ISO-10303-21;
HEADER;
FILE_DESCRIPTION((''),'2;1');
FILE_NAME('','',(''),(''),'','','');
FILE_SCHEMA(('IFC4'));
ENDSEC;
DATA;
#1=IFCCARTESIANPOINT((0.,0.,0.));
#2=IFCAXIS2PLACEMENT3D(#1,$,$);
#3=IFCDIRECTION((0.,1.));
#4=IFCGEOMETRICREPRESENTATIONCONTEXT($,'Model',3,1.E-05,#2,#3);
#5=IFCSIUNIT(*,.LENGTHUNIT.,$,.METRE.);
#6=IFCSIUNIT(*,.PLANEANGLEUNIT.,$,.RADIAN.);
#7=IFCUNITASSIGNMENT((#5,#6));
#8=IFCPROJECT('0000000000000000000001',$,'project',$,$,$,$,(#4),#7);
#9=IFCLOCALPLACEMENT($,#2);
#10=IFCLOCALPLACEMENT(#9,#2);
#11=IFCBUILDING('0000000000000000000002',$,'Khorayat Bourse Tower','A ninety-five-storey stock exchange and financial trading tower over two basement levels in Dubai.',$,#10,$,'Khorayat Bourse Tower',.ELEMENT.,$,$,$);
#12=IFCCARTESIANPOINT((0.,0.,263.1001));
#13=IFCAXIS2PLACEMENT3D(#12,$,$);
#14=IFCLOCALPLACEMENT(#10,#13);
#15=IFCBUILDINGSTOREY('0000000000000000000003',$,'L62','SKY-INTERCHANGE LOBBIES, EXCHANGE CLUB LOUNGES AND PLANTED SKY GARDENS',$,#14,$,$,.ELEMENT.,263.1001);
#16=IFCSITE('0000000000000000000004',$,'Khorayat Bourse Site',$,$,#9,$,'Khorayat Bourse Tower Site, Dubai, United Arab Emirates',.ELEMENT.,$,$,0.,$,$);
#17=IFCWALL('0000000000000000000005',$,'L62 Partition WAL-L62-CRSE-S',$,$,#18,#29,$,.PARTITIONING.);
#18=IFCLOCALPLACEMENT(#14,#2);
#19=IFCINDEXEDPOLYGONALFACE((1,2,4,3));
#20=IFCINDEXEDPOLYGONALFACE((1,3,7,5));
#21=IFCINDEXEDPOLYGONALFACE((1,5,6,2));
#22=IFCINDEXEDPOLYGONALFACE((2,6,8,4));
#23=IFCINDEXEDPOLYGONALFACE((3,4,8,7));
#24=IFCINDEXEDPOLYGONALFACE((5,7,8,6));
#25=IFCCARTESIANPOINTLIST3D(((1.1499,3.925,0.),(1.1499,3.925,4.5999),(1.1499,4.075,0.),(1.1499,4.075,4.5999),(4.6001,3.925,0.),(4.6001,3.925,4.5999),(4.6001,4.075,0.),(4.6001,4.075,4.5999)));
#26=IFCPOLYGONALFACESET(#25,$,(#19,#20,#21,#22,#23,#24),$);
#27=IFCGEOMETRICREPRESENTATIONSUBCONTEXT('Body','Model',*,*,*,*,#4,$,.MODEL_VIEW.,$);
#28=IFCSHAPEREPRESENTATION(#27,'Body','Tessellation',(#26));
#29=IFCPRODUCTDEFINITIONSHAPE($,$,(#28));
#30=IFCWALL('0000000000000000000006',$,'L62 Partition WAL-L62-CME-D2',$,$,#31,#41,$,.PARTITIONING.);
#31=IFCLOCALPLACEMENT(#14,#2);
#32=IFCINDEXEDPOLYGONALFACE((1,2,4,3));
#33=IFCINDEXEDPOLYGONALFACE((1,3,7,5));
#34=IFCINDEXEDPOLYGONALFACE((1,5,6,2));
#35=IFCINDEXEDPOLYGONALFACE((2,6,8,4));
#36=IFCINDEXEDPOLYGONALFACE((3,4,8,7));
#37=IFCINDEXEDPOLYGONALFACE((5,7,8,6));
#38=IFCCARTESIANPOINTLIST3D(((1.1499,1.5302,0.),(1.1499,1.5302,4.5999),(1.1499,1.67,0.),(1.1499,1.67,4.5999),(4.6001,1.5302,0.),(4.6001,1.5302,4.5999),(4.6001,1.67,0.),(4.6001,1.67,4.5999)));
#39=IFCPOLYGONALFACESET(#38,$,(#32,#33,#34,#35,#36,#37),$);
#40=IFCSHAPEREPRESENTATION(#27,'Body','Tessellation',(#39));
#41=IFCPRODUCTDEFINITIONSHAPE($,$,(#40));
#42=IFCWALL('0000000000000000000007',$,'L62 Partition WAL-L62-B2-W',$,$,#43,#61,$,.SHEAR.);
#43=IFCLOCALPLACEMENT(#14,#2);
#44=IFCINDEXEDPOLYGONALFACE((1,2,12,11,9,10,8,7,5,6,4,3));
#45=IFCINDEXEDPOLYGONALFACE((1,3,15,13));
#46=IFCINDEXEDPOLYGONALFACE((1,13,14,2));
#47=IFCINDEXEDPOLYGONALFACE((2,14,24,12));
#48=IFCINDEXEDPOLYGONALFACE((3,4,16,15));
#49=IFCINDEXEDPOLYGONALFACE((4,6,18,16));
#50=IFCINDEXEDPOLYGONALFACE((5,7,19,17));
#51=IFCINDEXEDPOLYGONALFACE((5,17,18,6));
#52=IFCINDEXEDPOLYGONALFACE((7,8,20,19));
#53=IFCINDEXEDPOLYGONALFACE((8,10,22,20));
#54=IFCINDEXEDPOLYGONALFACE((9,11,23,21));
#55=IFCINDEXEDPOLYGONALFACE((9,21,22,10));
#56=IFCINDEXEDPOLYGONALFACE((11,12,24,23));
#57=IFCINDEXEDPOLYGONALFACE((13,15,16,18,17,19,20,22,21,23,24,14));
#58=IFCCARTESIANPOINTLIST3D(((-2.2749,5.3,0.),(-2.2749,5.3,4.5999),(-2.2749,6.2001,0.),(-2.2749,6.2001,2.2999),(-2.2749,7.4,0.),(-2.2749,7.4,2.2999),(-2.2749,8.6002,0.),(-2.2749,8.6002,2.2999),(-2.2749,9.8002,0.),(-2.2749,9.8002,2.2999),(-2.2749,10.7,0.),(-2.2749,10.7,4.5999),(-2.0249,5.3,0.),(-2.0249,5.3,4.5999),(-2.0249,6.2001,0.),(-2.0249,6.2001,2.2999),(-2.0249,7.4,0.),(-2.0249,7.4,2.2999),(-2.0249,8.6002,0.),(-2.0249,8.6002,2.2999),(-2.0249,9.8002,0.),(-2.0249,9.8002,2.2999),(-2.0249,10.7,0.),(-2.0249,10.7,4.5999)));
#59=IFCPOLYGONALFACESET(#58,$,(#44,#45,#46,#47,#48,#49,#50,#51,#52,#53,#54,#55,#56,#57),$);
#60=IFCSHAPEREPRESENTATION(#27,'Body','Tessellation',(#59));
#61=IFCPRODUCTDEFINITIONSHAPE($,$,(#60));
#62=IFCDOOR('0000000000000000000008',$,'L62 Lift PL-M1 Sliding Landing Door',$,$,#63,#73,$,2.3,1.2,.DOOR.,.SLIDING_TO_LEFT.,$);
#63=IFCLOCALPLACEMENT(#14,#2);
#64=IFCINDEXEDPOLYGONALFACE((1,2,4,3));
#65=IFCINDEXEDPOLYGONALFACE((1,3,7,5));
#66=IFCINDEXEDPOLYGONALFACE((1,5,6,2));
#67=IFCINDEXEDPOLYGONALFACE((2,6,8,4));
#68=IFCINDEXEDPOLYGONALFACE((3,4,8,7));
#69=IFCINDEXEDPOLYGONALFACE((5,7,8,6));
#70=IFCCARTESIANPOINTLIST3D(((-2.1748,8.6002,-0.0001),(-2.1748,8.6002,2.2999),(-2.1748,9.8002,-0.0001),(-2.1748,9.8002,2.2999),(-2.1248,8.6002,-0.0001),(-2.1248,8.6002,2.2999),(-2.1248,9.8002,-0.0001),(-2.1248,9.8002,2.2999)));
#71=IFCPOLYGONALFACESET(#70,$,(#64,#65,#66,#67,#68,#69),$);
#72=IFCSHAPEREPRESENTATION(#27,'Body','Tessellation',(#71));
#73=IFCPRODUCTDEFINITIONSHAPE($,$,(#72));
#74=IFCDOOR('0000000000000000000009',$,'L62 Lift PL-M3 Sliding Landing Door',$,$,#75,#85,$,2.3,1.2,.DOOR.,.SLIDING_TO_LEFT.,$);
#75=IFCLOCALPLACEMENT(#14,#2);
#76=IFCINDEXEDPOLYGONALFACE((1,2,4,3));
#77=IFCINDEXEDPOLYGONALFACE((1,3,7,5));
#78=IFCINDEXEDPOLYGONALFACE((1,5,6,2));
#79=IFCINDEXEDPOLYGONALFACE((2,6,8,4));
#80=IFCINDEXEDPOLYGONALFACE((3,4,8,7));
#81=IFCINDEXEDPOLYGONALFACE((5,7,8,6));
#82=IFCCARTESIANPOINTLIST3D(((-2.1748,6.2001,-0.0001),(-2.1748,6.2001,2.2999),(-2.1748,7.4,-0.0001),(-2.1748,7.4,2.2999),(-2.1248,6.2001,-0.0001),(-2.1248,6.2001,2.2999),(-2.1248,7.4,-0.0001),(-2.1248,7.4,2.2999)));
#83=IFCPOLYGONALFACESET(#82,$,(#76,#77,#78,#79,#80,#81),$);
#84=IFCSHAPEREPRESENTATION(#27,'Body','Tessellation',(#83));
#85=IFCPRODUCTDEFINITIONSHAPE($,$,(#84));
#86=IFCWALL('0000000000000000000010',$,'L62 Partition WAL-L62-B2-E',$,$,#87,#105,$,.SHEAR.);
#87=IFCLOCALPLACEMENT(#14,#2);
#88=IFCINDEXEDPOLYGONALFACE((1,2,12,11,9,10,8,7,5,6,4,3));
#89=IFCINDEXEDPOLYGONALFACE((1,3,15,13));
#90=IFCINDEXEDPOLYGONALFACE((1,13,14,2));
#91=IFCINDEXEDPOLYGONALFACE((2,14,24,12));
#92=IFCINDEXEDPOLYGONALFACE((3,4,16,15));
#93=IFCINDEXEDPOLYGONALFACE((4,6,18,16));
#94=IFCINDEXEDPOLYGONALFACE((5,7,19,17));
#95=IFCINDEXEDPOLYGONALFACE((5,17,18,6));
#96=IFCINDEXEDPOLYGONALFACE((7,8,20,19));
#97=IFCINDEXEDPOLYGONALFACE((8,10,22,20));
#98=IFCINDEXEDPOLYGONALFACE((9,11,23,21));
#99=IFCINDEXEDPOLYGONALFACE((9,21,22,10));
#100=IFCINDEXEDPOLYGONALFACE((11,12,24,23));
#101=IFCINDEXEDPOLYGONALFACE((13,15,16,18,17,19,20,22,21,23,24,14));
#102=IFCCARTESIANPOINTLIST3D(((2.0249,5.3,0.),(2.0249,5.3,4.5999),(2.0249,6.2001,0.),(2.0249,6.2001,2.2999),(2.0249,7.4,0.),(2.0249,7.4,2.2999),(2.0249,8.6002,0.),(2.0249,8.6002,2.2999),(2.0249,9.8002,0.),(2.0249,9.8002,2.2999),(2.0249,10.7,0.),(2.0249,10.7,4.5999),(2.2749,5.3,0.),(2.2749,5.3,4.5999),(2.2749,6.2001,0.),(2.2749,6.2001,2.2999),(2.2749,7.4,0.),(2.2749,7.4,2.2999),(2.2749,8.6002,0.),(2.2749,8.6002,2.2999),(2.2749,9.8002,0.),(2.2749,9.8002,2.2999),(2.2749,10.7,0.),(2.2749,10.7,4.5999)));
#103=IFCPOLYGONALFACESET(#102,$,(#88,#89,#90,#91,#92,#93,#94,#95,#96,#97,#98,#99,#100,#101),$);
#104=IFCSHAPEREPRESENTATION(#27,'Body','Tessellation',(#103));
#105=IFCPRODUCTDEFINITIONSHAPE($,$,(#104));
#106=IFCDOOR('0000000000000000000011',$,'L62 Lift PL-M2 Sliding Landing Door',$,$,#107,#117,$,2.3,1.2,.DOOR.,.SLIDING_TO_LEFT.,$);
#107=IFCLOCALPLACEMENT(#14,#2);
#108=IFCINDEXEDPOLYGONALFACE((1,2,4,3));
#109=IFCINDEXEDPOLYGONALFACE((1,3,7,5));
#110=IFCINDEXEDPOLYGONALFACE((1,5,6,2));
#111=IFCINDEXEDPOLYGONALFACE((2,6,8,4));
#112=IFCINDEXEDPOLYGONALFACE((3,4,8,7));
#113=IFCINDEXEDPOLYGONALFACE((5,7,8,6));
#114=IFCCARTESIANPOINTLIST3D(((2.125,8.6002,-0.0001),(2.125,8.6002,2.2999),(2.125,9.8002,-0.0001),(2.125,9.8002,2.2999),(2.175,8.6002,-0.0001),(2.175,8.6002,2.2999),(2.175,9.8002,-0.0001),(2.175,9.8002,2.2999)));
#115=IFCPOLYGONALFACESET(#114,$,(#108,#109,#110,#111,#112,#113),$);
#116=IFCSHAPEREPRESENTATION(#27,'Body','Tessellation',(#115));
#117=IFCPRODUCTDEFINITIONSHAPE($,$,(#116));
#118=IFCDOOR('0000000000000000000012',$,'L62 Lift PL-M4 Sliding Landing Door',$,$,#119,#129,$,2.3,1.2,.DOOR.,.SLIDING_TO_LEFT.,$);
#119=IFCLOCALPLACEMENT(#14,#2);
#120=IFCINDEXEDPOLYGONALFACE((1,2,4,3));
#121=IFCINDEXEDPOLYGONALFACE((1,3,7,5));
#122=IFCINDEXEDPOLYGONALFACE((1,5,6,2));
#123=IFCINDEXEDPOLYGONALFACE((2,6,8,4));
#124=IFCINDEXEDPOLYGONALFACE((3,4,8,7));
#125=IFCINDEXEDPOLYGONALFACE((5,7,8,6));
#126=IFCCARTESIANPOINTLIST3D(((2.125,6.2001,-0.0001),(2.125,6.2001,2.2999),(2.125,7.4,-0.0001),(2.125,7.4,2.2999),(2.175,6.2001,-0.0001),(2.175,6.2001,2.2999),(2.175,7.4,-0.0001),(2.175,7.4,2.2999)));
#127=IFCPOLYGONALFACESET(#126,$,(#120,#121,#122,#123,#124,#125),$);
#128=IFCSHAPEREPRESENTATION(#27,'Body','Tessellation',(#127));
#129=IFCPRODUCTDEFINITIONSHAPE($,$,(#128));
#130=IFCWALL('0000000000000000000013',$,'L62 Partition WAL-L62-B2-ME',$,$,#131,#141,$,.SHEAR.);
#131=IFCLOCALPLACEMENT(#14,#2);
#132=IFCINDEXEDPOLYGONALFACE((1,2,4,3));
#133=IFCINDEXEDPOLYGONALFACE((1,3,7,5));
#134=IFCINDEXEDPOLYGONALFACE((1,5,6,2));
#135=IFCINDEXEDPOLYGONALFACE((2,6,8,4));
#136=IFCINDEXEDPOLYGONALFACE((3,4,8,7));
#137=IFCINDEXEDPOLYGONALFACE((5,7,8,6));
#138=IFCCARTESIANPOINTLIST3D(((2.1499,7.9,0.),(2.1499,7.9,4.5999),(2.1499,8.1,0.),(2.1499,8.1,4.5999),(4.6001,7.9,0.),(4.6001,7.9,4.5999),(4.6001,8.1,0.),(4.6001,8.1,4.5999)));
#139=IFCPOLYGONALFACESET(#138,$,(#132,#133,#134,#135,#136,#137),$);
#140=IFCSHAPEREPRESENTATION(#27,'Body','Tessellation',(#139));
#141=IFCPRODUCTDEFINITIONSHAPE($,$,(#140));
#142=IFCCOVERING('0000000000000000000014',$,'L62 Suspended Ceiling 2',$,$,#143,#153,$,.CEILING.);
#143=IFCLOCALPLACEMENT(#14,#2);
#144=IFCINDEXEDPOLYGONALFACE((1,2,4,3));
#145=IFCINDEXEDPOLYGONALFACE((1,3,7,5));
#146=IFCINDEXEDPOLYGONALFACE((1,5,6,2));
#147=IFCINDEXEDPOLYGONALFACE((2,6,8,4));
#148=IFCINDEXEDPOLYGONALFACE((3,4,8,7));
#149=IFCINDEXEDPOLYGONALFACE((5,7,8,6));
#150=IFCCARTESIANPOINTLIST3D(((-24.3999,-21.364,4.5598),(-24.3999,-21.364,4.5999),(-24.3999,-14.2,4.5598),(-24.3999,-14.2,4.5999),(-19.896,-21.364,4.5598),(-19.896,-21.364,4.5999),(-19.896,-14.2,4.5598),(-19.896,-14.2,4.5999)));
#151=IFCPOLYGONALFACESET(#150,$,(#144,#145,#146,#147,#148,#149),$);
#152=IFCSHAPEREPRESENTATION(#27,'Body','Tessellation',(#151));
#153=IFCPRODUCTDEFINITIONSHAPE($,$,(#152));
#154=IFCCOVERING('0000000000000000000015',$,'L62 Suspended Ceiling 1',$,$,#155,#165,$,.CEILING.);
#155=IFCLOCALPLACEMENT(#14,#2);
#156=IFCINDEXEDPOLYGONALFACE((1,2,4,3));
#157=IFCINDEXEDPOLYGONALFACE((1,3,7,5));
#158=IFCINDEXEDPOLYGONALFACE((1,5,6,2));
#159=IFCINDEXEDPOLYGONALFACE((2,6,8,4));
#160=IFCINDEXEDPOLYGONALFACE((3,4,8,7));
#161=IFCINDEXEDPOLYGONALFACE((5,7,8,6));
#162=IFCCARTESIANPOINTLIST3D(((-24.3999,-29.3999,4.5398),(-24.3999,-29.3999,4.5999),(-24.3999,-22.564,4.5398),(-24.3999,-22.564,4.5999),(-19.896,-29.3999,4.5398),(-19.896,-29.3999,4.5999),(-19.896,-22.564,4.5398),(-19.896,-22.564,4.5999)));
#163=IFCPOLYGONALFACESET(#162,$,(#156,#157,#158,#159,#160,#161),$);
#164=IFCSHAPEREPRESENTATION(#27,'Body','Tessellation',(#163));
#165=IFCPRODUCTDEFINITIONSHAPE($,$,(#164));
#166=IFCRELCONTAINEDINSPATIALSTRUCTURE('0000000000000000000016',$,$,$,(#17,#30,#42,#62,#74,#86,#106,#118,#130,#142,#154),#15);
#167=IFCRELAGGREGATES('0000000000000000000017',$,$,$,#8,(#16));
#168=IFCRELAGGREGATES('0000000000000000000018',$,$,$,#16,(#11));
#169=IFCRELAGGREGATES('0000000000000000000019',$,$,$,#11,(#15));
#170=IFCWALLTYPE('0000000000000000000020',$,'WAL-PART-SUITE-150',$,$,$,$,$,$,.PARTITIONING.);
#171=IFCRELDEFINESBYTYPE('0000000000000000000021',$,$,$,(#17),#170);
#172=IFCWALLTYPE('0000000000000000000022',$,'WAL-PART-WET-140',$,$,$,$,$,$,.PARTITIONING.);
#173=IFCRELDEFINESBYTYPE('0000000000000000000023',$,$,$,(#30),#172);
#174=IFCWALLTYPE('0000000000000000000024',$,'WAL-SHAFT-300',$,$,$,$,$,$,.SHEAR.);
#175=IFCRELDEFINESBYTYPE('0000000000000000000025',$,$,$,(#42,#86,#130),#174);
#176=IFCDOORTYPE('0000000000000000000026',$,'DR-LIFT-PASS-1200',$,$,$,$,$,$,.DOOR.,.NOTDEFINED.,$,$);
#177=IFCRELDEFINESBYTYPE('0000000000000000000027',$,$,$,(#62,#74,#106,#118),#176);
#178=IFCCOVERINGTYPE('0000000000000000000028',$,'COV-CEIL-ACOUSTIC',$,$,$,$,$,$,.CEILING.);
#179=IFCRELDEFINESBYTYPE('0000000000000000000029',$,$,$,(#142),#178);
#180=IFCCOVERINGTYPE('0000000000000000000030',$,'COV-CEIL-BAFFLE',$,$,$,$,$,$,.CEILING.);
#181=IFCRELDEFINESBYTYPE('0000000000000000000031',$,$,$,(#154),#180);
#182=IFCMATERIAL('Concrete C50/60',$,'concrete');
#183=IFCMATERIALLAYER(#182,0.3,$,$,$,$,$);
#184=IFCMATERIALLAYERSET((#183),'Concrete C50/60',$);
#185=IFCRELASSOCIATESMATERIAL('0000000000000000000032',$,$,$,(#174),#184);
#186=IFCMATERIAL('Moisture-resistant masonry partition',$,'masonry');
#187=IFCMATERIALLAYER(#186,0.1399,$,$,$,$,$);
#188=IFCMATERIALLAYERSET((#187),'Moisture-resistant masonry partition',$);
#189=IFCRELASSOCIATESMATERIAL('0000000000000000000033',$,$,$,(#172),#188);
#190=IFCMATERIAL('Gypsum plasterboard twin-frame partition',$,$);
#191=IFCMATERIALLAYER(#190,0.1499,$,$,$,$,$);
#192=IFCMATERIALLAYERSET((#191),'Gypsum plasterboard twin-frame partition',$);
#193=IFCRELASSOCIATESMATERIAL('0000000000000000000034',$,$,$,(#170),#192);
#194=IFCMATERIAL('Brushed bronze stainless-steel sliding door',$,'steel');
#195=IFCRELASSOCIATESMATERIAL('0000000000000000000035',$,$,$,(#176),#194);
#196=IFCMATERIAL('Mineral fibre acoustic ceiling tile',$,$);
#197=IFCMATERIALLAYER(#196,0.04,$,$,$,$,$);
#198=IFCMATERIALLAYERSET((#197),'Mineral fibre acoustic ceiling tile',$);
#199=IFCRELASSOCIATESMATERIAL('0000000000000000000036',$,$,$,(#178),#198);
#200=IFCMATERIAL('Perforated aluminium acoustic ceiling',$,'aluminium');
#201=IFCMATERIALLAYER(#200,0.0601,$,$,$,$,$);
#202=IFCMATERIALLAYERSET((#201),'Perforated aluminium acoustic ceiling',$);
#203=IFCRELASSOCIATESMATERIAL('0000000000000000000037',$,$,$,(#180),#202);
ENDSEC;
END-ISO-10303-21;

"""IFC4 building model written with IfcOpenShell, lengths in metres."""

from ifc_helpers import new_model, si_unit, direction, frame, frame_2d, origin, place, context, subcontext, project, spatial, polyline, rectangle, outline, extrude, source, transform, mapped, material, layer, layer_set, type_object, element, fill, save


model = new_model("IFC4")

# Units and contexts
model_context = context("Model", 3, precision=1e-05, world=origin(), true_north=direction((0.0, 1.0)))
body_context = subcontext(model_context, "Body", "Model", "MODEL_VIEW")
ifc_project = project(units=[si_unit("LENGTHUNIT", "METRE"), si_unit("PLANEANGLEUNIT", "RADIAN")], contexts=[model_context])

# Site, building, storey
site_placement = place(None, origin())
site = spatial("IfcSite", under=ifc_project, at=site_placement, Name="Khorayat Bourse Site", LongName="Khorayat Bourse Tower Site, Dubai, United Arab Emirates", CompositionType="ELEMENT", RefElevation=0.0)
building_placement = place(site_placement, origin())
building = spatial("IfcBuilding", under=site, at=building_placement, Name="Khorayat Bourse Tower", Description="A ninety-five-storey stock exchange and financial trading tower over two basement levels in Dubai.", LongName="Khorayat Bourse Tower", CompositionType="ELEMENT")
storey_placement = place(building_placement, frame((0.0, 0.0, 263.1001)))
storey = spatial("IfcBuildingStorey", under=building, at=storey_placement, Name="L62", Description="SKY-INTERCHANGE LOBBIES, EXCHANGE CLUB LOUNGES AND PLANTED SKY GARDENS", CompositionType="ELEMENT", Elevation=263.1001)

# Shared definitions
ifc_material_1 = material(Name="Concrete C50/60", Category="concrete")
ifc_layer_1 = layer(ifc_material_1, 0.3)
ifc_layer_set_1 = layer_set([ifc_layer_1], Name="Concrete C50/60")
wall_type_1 = type_object("IfcWallType", Name="WAL-SHAFT-300", PredefinedType="SHEAR", material=ifc_layer_set_1)
ifc_material_2 = material(Name="Moisture-resistant masonry partition", Category="masonry")
ifc_layer_2 = layer(ifc_material_2, 0.1399)
ifc_layer_set_2 = layer_set([ifc_layer_2], Name="Moisture-resistant masonry partition")
wall_type_2 = type_object("IfcWallType", Name="WAL-PART-WET-140", PredefinedType="PARTITIONING", material=ifc_layer_set_2)

# Walls
ifc_material_3 = material(Name="Gypsum plasterboard twin-frame partition")
ifc_layer_3 = layer(ifc_material_3, 0.1499)
ifc_layer_set_3 = layer_set([ifc_layer_3], Name="Gypsum plasterboard twin-frame partition")
wall_type_3 = type_object("IfcWallType", Name="WAL-PART-SUITE-150", PredefinedType="PARTITIONING", material=ifc_layer_set_3)
shared_shape_1 = source(origin(), body_context, "Body", "SweptSolid", [
    extrude(rectangle(XDim=3.4502, YDim=0.1499, at=frame_2d((1.7251, 0.0))), origin(), (0.0, 0.0, 1.0), 4.5999),
])
wall_1_placement = place(storey_placement, frame((1.1499, 4.0, 0.0), z_axis=(0.0, 0.0, 1.0), x_axis=(1.0, 0.0, 0.0)))
element("IfcWall", 1, at=wall_1_placement, inside=storey, type_object=wall_type_3, Name="L62 Partition WAL-L62-CRSE-S", PredefinedType="PARTITIONING", context=body_context, shape_type="MappedRepresentation", body=[
    mapped(shared_shape_1, transform((0.0, 0.0, 0.0), scale=1.0)),
])
shared_shape_2 = source(origin(), body_context, "Body", "SweptSolid", [
    extrude(rectangle(XDim=3.4502, YDim=0.1399, at=frame_2d((1.7251, 0.0))), origin(), (0.0, 0.0, 1.0), 4.5999),
])
wall_2_placement = place(storey_placement, frame((1.1499, 1.6001, 0.0), z_axis=(0.0, 0.0, 1.0), x_axis=(1.0, 0.0, 0.0)))
element("IfcWall", 2, at=wall_2_placement, inside=storey, type_object=wall_type_2, Name="L62 Partition WAL-L62-CME-D2", PredefinedType="PARTITIONING", context=body_context, shape_type="MappedRepresentation", body=[
    mapped(shared_shape_2, transform((0.0, 0.0, 0.0), scale=1.0)),
])

# Walls, openings, doors
shared_shape_3 = source(origin(), body_context, "Body", "SweptSolid", [
    extrude(rectangle(XDim=5.3999, YDim=0.25, at=frame_2d((2.7, 0.0))), origin(), (0.0, 0.0, 1.0), 4.5999),
])
wall_3_placement = place(storey_placement, frame((-2.1499, 5.3, 0.0), z_axis=(0.0, 0.0, 1.0), x_axis=(0.0, 1.0, 0.0)))
wall_3 = element("IfcWall", 3, at=wall_3_placement, inside=storey, type_object=wall_type_1, Name="L62 Partition WAL-L62-B2-W", PredefinedType="SHEAR", context=body_context, shape_type="MappedRepresentation", body=[
    mapped(shared_shape_3, transform((0.0, 0.0, 0.0), scale=1.0)),
])
shared_shape_4 = source(origin(), body_context, "Body", "SweptSolid", [
    extrude(rectangle(XDim=1.2, YDim=2.3, at=frame_2d((0.6001, 1.1499))), frame((0.0, 0.135, 0.0), z_axis=(0.0, -1.0, 0.0), x_axis=(1.0, 0.0, 0.0)), (0.0, 0.0, 1.0), 0.27),
])
opening_1_placement = place(wall_3_placement, frame((3.3, 0.0, 0.0)))
opening_1 = element("IfcOpeningElement", 4, at=opening_1_placement, cuts=wall_3, PredefinedType="OPENING", context=body_context, shape_type="MappedRepresentation", body=[
    mapped(shared_shape_4, transform((0.0, 0.0, 0.0), scale=1.0)),
])
opening_2_placement = place(wall_3_placement, frame((0.8999, 0.0, 0.0)))
opening_2 = element("IfcOpeningElement", 5, at=opening_2_placement, cuts=wall_3, PredefinedType="OPENING", context=body_context, shape_type="MappedRepresentation", body=[
    mapped(shared_shape_4, transform((0.0, 0.0, 0.0), scale=1.0)),
])
ifc_material_4 = material(Name="Brushed bronze stainless-steel sliding door", Category="steel")
door_type_1 = type_object("IfcDoorType", Name="DR-LIFT-PASS-1200", OperationType="NOTDEFINED", PredefinedType="DOOR", material=ifc_material_4)
shared_shape_5 = source(origin(), body_context, "Body", "SweptSolid", [
    extrude(rectangle(XDim=1.2, YDim=2.3, at=frame_2d((0.6001, 1.1499))), frame((0.0, 0.0249, 0.0), z_axis=(0.0, -1.0, 0.0), x_axis=(1.0, 0.0, 0.0)), (0.0, 0.0, 1.0), 0.05),
])
door_1_placement = place(opening_1_placement, origin())
door_1 = element("IfcDoor", 6, at=door_1_placement, inside=storey, type_object=door_type_1, Name="L62 Lift PL-M1 Sliding Landing Door", OperationType="SLIDING_TO_LEFT", OverallHeight=2.3, OverallWidth=1.2, PredefinedType="DOOR", context=body_context, shape_type="MappedRepresentation", body=[
    mapped(shared_shape_5, transform((0.0, 0.0, 0.0), scale=1.0)),
])
fill(opening_1, door_1)
door_2_placement = place(opening_2_placement, origin())
door_2 = element("IfcDoor", 7, at=door_2_placement, inside=storey, type_object=door_type_1, Name="L62 Lift PL-M3 Sliding Landing Door", OperationType="SLIDING_TO_LEFT", OverallHeight=2.3, OverallWidth=1.2, PredefinedType="DOOR", context=body_context, shape_type="MappedRepresentation", body=[
    mapped(shared_shape_5, transform((0.0, 0.0, 0.0), scale=1.0)),
])
fill(opening_2, door_2)
wall_4_placement = place(storey_placement, frame((2.1499, 5.3, 0.0), z_axis=(0.0, 0.0, 1.0), x_axis=(0.0, 1.0, 0.0)))
wall_4 = element("IfcWall", 8, at=wall_4_placement, inside=storey, type_object=wall_type_1, Name="L62 Partition WAL-L62-B2-E", PredefinedType="SHEAR", context=body_context, shape_type="MappedRepresentation", body=[
    mapped(shared_shape_3, transform((0.0, 0.0, 0.0), scale=1.0)),
])
opening_3_placement = place(wall_4_placement, frame((3.3, 0.0, 0.0)))
opening_3 = element("IfcOpeningElement", 9, at=opening_3_placement, cuts=wall_4, PredefinedType="OPENING", context=body_context, shape_type="MappedRepresentation", body=[
    mapped(shared_shape_4, transform((0.0, 0.0, 0.0), scale=1.0)),
])
opening_4_placement = place(wall_4_placement, frame((0.8999, 0.0, 0.0)))
opening_4 = element("IfcOpeningElement", 10, at=opening_4_placement, cuts=wall_4, PredefinedType="OPENING", context=body_context, shape_type="MappedRepresentation", body=[
    mapped(shared_shape_4, transform((0.0, 0.0, 0.0), scale=1.0)),
])
door_3_placement = place(opening_3_placement, origin())
door_3 = element("IfcDoor", 11, at=door_3_placement, inside=storey, type_object=door_type_1, Name="L62 Lift PL-M2 Sliding Landing Door", OperationType="SLIDING_TO_LEFT", OverallHeight=2.3, OverallWidth=1.2, PredefinedType="DOOR", context=body_context, shape_type="MappedRepresentation", body=[
    mapped(shared_shape_5, transform((0.0, 0.0, 0.0), scale=1.0)),
])
fill(opening_3, door_3)
door_4_placement = place(opening_4_placement, origin())
door_4 = element("IfcDoor", 12, at=door_4_placement, inside=storey, type_object=door_type_1, Name="L62 Lift PL-M4 Sliding Landing Door", OperationType="SLIDING_TO_LEFT", OverallHeight=2.3, OverallWidth=1.2, PredefinedType="DOOR", context=body_context, shape_type="MappedRepresentation", body=[
    mapped(shared_shape_5, transform((0.0, 0.0, 0.0), scale=1.0)),
])
fill(opening_4, door_4)

# Wall
shared_shape_6 = source(origin(), body_context, "Body", "SweptSolid", [
    extrude(rectangle(XDim=2.4502, YDim=0.2, at=frame_2d((1.2251, 0.0))), origin(), (0.0, 0.0, 1.0), 4.5999),
])
wall_5_placement = place(storey_placement, frame((2.1499, 8.0, 0.0), z_axis=(0.0, 0.0, 1.0), x_axis=(1.0, 0.0, 0.0)))
element("IfcWall", 13, at=wall_5_placement, inside=storey, type_object=wall_type_1, Name="L62 Partition WAL-L62-B2-ME", PredefinedType="SHEAR", context=body_context, shape_type="MappedRepresentation", body=[
    mapped(shared_shape_6, transform((0.0, 0.0, 0.0), scale=1.0)),
])

# Coverings
ifc_material_5 = material(Name="Mineral fibre acoustic ceiling tile")
ifc_layer_4 = layer(ifc_material_5, 0.04)
ifc_layer_set_4 = layer_set([ifc_layer_4], Name="Mineral fibre acoustic ceiling tile")
covering_type_1 = type_object("IfcCoveringType", Name="COV-CEIL-ACOUSTIC", PredefinedType="CEILING", material=ifc_layer_set_4)
covering_1_placement = place(storey_placement, frame((0.0, 0.0, 4.5598)))
element("IfcCovering", 14, at=covering_1_placement, inside=storey, type_object=covering_type_1, Name="L62 Suspended Ceiling 2", PredefinedType="CEILING", context=body_context, shape_type="SweptSolid", body=[
    extrude(outline(polyline([(-24.3999, -21.364), (-19.896, -21.364), (-19.896, -14.2), (-24.3999, -14.2), (-24.3999, -21.364)])), origin(), (0.0, 0.0, 1.0), 0.04),
])
ifc_material_6 = material(Name="Perforated aluminium acoustic ceiling", Category="aluminium")
ifc_layer_5 = layer(ifc_material_6, 0.0601)
ifc_layer_set_5 = layer_set([ifc_layer_5], Name="Perforated aluminium acoustic ceiling")
covering_type_2 = type_object("IfcCoveringType", Name="COV-CEIL-BAFFLE", PredefinedType="CEILING", material=ifc_layer_set_5)
covering_2_placement = place(storey_placement, frame((0.0, 0.0, 4.5398)))
element("IfcCovering", 15, at=covering_2_placement, inside=storey, type_object=covering_type_2, Name="L62 Suspended Ceiling 1", PredefinedType="CEILING", context=body_context, shape_type="SweptSolid", body=[
    extrude(outline(polyline([(-24.3999, -29.3999), (-19.896, -29.3999), (-19.896, -22.564), (-24.3999, -22.564), (-24.3999, -29.3999)])), origin(), (0.0, 0.0, 1.0), 0.0601),
])

save(model, "model.ifc")
